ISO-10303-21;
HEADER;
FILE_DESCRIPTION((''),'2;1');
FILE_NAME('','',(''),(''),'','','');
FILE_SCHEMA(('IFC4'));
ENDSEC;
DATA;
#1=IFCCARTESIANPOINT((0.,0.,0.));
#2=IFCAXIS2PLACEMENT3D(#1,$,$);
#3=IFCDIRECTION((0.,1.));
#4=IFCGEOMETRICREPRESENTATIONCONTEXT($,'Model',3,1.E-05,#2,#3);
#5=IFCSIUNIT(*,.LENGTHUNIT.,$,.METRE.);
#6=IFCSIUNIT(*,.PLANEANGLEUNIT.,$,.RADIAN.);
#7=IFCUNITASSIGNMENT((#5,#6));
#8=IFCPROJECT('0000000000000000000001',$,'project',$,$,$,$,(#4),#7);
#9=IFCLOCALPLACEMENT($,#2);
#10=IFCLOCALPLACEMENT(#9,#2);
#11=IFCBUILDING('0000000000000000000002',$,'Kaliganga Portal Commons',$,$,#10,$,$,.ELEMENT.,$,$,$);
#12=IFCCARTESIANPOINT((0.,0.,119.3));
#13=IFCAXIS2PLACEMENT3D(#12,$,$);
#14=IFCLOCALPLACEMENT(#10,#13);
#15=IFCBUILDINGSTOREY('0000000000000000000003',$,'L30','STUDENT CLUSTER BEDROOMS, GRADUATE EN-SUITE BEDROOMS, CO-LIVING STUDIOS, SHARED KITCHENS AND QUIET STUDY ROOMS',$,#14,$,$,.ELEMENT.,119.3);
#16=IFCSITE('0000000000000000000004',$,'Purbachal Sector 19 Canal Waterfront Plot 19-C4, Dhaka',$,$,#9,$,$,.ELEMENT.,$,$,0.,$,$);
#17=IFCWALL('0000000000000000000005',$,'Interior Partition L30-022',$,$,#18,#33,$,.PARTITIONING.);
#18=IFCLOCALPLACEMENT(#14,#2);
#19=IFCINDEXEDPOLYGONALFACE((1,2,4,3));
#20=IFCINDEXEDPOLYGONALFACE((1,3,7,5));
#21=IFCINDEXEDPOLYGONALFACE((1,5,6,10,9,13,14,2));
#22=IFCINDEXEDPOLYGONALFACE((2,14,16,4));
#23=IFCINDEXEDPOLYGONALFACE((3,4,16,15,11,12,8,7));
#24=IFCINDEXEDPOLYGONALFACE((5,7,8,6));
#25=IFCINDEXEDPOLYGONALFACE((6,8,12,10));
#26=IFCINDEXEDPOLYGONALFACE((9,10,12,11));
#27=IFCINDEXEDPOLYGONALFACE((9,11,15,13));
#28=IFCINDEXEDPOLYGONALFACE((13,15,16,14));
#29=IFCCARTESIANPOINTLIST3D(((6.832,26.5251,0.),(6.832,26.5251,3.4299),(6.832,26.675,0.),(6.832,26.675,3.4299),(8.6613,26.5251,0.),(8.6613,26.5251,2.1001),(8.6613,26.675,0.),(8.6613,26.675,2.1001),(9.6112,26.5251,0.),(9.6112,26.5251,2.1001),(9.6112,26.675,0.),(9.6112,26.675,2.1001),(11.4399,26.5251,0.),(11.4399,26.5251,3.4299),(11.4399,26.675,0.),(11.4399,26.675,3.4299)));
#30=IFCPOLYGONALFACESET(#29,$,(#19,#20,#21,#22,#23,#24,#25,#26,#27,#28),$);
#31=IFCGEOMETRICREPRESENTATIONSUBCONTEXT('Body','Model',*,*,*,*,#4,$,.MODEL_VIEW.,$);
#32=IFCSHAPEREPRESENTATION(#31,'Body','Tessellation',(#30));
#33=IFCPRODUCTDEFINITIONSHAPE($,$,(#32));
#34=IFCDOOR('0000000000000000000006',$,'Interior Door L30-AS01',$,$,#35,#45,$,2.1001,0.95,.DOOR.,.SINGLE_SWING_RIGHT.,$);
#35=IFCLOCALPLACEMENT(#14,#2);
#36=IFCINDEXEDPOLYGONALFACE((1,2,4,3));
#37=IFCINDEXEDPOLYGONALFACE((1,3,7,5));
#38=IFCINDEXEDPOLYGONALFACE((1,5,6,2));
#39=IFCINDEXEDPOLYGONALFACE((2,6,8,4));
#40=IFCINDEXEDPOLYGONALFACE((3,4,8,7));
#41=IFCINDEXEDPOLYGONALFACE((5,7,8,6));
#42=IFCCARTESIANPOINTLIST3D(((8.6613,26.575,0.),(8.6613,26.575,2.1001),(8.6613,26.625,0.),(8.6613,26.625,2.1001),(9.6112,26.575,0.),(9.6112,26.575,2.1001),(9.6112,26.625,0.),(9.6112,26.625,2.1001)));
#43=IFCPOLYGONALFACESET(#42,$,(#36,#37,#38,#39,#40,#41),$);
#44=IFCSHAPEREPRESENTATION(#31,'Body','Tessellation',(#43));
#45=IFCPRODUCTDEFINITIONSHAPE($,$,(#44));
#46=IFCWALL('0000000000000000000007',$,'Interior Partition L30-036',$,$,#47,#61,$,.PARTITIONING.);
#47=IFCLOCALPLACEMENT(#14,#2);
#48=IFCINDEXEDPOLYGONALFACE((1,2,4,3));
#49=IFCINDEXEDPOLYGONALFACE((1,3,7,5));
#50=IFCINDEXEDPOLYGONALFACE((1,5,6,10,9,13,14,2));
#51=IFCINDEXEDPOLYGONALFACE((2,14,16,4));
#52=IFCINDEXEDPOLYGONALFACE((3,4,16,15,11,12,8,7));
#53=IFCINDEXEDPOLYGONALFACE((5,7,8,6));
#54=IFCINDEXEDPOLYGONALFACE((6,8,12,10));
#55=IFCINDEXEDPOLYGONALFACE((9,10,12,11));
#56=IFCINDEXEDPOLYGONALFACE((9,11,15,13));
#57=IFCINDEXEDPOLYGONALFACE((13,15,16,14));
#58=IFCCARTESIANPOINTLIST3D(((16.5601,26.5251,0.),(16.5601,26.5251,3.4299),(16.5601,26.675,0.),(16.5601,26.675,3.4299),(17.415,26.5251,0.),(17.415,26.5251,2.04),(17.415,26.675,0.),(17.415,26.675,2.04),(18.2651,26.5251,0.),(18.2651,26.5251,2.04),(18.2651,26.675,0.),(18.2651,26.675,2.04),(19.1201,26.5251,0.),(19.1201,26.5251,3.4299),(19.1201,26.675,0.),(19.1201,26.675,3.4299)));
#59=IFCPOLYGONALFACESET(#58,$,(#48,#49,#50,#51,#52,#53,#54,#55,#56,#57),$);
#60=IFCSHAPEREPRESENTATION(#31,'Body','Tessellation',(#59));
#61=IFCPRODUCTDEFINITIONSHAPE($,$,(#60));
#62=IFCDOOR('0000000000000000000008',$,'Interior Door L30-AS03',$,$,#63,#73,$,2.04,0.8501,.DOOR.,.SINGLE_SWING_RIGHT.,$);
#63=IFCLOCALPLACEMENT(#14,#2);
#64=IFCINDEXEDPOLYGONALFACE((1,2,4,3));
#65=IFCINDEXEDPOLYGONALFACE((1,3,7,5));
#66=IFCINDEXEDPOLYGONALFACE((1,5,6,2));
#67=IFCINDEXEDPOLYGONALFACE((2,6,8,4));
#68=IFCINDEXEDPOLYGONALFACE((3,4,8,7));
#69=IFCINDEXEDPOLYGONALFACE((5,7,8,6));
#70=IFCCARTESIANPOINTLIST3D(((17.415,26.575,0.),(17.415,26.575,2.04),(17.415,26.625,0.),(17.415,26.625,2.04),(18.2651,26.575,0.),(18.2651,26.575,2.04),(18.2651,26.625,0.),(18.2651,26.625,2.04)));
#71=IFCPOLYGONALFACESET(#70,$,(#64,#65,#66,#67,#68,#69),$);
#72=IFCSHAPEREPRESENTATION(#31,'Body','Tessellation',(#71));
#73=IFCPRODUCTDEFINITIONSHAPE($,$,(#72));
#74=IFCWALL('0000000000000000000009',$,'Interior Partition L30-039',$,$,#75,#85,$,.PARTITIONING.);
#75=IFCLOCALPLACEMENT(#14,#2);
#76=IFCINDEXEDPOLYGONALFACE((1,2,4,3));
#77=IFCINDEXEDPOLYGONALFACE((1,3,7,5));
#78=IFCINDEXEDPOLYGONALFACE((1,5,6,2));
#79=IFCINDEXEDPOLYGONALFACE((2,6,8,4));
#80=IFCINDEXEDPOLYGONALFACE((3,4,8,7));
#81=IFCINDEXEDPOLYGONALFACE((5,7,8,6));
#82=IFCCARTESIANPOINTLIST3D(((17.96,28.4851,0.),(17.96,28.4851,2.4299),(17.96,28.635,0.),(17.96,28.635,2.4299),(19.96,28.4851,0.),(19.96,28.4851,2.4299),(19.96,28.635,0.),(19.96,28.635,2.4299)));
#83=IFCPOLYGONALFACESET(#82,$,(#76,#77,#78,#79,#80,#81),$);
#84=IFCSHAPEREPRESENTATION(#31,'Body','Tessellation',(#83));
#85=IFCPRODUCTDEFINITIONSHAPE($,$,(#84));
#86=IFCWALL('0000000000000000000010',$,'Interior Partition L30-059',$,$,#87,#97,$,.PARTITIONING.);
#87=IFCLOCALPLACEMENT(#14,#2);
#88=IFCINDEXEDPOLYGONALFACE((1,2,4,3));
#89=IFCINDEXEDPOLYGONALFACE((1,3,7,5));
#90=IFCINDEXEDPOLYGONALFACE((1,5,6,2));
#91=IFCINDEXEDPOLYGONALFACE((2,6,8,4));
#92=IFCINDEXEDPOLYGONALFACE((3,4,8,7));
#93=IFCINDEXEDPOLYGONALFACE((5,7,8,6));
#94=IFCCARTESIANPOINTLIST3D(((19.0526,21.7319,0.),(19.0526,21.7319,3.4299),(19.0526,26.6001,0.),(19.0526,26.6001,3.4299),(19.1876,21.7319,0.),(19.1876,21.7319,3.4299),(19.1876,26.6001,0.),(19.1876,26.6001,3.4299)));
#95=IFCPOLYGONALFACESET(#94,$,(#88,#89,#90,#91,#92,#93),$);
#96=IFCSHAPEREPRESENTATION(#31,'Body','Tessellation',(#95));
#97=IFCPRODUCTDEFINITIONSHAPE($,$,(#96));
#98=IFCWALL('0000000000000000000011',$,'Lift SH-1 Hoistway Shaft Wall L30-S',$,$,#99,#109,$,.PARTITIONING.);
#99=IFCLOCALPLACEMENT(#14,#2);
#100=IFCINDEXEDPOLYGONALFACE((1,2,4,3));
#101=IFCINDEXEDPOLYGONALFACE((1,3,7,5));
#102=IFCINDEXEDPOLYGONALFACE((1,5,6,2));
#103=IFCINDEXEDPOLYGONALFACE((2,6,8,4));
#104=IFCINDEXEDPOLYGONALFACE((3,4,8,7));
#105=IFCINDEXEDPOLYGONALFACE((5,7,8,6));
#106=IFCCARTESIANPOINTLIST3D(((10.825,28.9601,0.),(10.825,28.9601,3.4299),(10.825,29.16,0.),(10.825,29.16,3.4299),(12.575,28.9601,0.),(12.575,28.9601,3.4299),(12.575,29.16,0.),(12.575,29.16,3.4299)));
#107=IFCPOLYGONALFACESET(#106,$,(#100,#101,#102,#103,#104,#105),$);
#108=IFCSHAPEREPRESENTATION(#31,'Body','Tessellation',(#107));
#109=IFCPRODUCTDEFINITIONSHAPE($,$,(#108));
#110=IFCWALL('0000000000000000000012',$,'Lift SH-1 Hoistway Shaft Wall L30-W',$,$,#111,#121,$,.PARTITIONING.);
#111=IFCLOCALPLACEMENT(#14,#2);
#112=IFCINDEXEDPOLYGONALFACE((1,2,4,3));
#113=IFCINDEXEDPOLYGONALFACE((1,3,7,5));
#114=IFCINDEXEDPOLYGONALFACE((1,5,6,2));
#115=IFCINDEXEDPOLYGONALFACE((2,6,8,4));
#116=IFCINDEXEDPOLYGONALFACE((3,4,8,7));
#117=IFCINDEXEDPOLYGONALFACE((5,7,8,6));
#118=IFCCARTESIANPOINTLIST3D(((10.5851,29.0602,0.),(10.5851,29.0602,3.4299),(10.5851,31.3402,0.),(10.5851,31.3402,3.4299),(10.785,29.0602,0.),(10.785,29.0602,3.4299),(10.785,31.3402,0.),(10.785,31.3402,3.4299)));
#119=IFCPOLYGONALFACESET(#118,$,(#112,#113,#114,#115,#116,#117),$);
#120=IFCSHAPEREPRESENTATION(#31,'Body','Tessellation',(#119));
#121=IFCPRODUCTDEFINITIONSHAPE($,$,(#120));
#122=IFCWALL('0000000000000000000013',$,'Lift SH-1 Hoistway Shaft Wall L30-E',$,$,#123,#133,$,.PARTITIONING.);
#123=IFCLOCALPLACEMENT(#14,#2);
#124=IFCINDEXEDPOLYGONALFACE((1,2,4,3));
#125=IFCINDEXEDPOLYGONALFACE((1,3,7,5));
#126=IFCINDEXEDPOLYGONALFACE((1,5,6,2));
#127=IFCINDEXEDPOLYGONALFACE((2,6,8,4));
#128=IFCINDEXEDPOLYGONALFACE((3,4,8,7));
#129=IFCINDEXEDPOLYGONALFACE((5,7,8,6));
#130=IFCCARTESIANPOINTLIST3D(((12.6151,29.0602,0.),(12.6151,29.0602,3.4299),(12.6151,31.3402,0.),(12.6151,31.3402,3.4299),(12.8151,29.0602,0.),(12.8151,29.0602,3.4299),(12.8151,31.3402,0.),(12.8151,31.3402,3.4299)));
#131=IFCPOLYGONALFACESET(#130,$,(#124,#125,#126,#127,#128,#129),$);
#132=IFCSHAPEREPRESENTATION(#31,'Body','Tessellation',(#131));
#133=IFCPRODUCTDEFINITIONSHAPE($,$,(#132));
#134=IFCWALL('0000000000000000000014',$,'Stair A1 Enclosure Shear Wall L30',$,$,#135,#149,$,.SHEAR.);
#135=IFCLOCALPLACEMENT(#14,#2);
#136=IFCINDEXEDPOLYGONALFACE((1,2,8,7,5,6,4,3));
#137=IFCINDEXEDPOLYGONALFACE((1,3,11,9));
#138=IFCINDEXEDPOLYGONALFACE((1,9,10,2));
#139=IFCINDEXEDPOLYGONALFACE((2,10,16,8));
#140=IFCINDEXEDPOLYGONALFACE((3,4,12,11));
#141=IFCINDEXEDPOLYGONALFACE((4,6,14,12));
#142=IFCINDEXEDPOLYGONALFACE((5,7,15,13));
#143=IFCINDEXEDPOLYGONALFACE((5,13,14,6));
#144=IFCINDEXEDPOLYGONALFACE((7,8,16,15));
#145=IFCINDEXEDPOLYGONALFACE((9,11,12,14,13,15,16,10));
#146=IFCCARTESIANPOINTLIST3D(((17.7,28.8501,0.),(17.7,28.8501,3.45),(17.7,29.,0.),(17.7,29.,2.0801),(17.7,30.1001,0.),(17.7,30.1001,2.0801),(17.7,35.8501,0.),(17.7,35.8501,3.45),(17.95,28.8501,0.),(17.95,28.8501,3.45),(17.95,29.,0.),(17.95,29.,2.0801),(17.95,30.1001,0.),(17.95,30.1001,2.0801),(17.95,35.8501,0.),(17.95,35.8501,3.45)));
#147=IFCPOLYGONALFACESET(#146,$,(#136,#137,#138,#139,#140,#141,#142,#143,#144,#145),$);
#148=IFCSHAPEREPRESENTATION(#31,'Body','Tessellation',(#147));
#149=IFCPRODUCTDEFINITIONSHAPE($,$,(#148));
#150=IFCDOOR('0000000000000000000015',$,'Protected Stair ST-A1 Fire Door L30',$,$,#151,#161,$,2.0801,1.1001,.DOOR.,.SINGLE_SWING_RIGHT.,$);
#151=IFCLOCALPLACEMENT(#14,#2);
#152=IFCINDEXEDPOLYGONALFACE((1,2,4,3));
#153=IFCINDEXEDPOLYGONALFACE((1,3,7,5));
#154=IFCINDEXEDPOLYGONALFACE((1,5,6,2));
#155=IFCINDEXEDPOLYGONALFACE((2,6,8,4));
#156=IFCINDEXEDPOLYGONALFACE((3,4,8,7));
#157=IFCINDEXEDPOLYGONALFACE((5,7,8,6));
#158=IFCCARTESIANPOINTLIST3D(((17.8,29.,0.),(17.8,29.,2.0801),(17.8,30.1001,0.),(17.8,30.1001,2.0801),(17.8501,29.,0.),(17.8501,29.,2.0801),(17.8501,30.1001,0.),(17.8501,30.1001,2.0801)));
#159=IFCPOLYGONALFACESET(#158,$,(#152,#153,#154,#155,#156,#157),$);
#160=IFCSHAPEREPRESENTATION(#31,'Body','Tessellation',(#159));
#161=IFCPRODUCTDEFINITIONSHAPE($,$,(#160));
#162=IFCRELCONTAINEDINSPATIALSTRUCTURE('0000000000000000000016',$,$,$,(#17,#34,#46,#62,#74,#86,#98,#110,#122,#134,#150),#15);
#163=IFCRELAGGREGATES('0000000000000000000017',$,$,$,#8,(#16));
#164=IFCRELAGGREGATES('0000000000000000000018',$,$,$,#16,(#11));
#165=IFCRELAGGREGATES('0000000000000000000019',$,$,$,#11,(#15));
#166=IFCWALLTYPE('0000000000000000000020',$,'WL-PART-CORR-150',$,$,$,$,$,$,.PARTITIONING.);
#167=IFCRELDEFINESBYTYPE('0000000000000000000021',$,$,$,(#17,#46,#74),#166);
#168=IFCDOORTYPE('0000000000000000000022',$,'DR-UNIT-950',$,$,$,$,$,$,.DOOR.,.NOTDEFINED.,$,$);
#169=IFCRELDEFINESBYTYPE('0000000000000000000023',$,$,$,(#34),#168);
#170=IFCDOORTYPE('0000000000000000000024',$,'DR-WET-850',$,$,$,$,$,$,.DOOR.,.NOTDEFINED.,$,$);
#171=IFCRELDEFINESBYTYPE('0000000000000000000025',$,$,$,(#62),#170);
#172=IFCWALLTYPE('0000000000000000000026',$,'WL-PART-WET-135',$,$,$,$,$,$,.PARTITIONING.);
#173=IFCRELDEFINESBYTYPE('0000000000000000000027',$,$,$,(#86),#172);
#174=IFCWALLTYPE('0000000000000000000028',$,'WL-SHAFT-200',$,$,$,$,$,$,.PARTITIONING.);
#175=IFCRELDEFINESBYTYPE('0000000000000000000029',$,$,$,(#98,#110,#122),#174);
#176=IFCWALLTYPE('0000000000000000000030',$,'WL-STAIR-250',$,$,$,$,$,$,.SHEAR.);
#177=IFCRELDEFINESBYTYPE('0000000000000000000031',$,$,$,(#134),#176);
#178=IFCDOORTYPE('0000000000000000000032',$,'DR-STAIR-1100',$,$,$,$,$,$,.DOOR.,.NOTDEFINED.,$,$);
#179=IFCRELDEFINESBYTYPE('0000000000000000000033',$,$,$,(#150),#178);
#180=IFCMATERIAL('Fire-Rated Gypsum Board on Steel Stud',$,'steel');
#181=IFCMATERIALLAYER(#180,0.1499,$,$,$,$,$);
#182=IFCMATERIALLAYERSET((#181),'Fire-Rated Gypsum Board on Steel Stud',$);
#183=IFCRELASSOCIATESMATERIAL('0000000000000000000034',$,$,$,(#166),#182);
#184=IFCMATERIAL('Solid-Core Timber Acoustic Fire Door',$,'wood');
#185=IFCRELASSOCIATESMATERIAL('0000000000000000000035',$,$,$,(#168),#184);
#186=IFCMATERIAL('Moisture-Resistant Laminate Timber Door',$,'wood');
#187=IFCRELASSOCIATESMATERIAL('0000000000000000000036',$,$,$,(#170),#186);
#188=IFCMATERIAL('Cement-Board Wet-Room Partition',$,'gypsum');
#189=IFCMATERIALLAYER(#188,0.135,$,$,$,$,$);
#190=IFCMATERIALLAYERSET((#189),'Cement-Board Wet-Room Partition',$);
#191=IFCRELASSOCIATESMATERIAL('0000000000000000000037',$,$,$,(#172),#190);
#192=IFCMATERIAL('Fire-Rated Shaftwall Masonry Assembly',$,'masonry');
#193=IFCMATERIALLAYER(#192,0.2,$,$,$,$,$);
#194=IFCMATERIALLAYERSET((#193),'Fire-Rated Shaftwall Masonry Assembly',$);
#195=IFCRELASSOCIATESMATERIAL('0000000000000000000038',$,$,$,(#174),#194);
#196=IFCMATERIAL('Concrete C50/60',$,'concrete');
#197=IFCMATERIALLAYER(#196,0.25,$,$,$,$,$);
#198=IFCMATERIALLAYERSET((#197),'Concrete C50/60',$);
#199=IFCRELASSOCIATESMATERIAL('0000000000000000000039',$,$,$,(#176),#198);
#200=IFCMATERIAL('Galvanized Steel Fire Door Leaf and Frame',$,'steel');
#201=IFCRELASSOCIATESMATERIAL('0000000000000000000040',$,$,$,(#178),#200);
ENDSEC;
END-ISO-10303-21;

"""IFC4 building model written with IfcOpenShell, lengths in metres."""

from ifc_helpers import new_model, si_unit, direction, frame, frame_2d, origin, place, context, subcontext, project, spatial, rectangle, extrude, material, layer, layer_set, type_object, element, fill, save


model = new_model("IFC4")

# Units and contexts
model_context = context("Model", 3, precision=1e-05, world=origin(), true_north=direction((0.0, 1.0)))
body_context = subcontext(model_context, "Body", "Model", "MODEL_VIEW")
ifc_project = project(units=[si_unit("LENGTHUNIT", "METRE"), si_unit("PLANEANGLEUNIT", "RADIAN")], contexts=[model_context])

# Site, building, storey
site_placement = place(None, origin())
site = spatial("IfcSite", under=ifc_project, at=site_placement, Name="Purbachal Sector 19 Canal Waterfront Plot 19-C4, Dhaka", CompositionType="ELEMENT", RefElevation=0.0)
building_placement = place(site_placement, origin())
building = spatial("IfcBuilding", under=site, at=building_placement, Name="Kaliganga Portal Commons", CompositionType="ELEMENT")
storey_placement = place(building_placement, frame((0.0, 0.0, 119.3)))
storey = spatial("IfcBuildingStorey", under=building, at=storey_placement, Name="L30", Description="STUDENT CLUSTER BEDROOMS, GRADUATE EN-SUITE BEDROOMS, CO-LIVING STUDIOS, SHARED KITCHENS AND QUIET STUDY ROOMS", CompositionType="ELEMENT", Elevation=119.3)

# Shared definitions
ifc_material_1 = material(Name="Concrete C50/60", Category="concrete")

# Walls, openings, doors
ifc_material_2 = material(Name="Fire-Rated Gypsum Board on Steel Stud", Category="steel")
ifc_layer_1 = layer(ifc_material_2, 0.1499)
ifc_layer_set_1 = layer_set([ifc_layer_1], Name="Fire-Rated Gypsum Board on Steel Stud")
wall_type_1 = type_object("IfcWallType", Name="WL-PART-CORR-150", PredefinedType="PARTITIONING", material=ifc_layer_set_1)
ifc_material_3 = material(Name="Solid-Core Timber Acoustic Fire Door", Category="wood")
door_type_1 = type_object("IfcDoorType", Name="DR-UNIT-950", OperationType="NOTDEFINED", PredefinedType="DOOR", material=ifc_material_3)
wall_1_placement = place(storey_placement, frame((6.832, 26.6001, 0.0), z_axis=(0.0, 0.0, 1.0), x_axis=(1.0, 0.0, 0.0)))
wall_1 = element("IfcWall", 1, at=wall_1_placement, inside=storey, type_object=wall_type_1, Name="Interior Partition L30-022", PredefinedType="PARTITIONING", context=body_context, shape_type="SweptSolid", body=[
    extrude(rectangle(XDim=4.6079, YDim=0.1499, at=frame_2d((2.304, 0.0))), origin(), (0.0, 0.0, 1.0), 3.4299),
])
opening_1_placement = place(wall_1_placement, frame((1.8291, 0.0, 0.0)))
opening_1 = element("IfcOpeningElement", 2, at=opening_1_placement, cuts=wall_1, PredefinedType="OPENING", context=body_context, shape_type="SweptSolid", body=[
    extrude(rectangle(XDim=0.95, YDim=2.1001, at=frame_2d((0.4751, 1.05))), frame((0.0, 0.085, 0.0), z_axis=(0.0, -1.0, 0.0), x_axis=(1.0, 0.0, 0.0)), (0.0, 0.0, 1.0), 0.1699),
])
door_1_placement = place(opening_1_placement, origin())
door_1 = element("IfcDoor", 3, at=door_1_placement, inside=storey, type_object=door_type_1, Name="Interior Door L30-AS01", OperationType="SINGLE_SWING_RIGHT", OverallHeight=2.1001, OverallWidth=0.95, PredefinedType="DOOR", context=body_context, shape_type="SweptSolid", body=[
    extrude(rectangle(XDim=0.95, YDim=2.1001, at=frame_2d((0.4751, 1.05))), frame((0.0, 0.0249, 0.0), z_axis=(0.0, -1.0, 0.0), x_axis=(1.0, 0.0, 0.0)), (0.0, 0.0, 1.0), 0.05),
])
fill(opening_1, door_1)
wall_2_placement = place(storey_placement, frame((16.5601, 26.6001, 0.0), z_axis=(0.0, 0.0, 1.0), x_axis=(1.0, 0.0, 0.0)))
wall_2 = element("IfcWall", 4, at=wall_2_placement, inside=storey, type_object=wall_type_1, Name="Interior Partition L30-036", PredefinedType="PARTITIONING", context=body_context, shape_type="SweptSolid", body=[
    extrude(rectangle(XDim=2.5601, YDim=0.1499, at=frame_2d((1.28, 0.0))), origin(), (0.0, 0.0, 1.0), 3.4299),
])
opening_2_placement = place(wall_2_placement, frame((0.855, 0.0, 0.0)))
opening_2 = element("IfcOpeningElement", 5, at=opening_2_placement, cuts=wall_2, PredefinedType="OPENING", context=body_context, shape_type="SweptSolid", body=[
    extrude(rectangle(XDim=0.8501, YDim=2.04, at=frame_2d((0.425, 1.02))), frame((0.0, 0.085, 0.0), z_axis=(0.0, -1.0, 0.0), x_axis=(1.0, 0.0, 0.0)), (0.0, 0.0, 1.0), 0.1699),
])
ifc_material_4 = material(Name="Moisture-Resistant Laminate Timber Door", Category="wood")
door_type_2 = type_object("IfcDoorType", Name="DR-WET-850", OperationType="NOTDEFINED", PredefinedType="DOOR", material=ifc_material_4)
door_2_placement = place(opening_2_placement, origin())
door_2 = element("IfcDoor", 6, at=door_2_placement, inside=storey, type_object=door_type_2, Name="Interior Door L30-AS03", OperationType="SINGLE_SWING_RIGHT", OverallHeight=2.04, OverallWidth=0.8501, PredefinedType="DOOR", context=body_context, shape_type="SweptSolid", body=[
    extrude(rectangle(XDim=0.8501, YDim=2.04, at=frame_2d((0.425, 1.02))), frame((0.0, 0.0249, 0.0), z_axis=(0.0, -1.0, 0.0), x_axis=(1.0, 0.0, 0.0)), (0.0, 0.0, 1.0), 0.05),
])
fill(opening_2, door_2)

# Walls
wall_3_placement = place(storey_placement, frame((17.96, 28.5601, 0.0), z_axis=(0.0, 0.0, 1.0), x_axis=(1.0, 0.0, 0.0)))
element("IfcWall", 7, at=wall_3_placement, inside=storey, type_object=wall_type_1, Name="Interior Partition L30-039", PredefinedType="PARTITIONING", context=body_context, shape_type="SweptSolid", body=[
    extrude(rectangle(XDim=2.0, YDim=0.1499, at=frame_2d((1.0, 0.0))), origin(), (0.0, 0.0, 1.0), 2.4299),
])
ifc_material_5 = material(Name="Cement-Board Wet-Room Partition", Category="gypsum")
ifc_layer_2 = layer(ifc_material_5, 0.135)
ifc_layer_set_2 = layer_set([ifc_layer_2], Name="Cement-Board Wet-Room Partition")
wall_type_2 = type_object("IfcWallType", Name="WL-PART-WET-135", PredefinedType="PARTITIONING", material=ifc_layer_set_2)
wall_4_placement = place(storey_placement, frame((19.1201, 21.7319, 0.0), z_axis=(0.0, 0.0, 1.0), x_axis=(0.0, 1.0, 0.0)))
element("IfcWall", 8, at=wall_4_placement, inside=storey, type_object=wall_type_2, Name="Interior Partition L30-059", PredefinedType="PARTITIONING", context=body_context, shape_type="SweptSolid", body=[
    extrude(rectangle(XDim=4.8682, YDim=0.135, at=frame_2d((2.4341, 0.0))), origin(), (0.0, 0.0, 1.0), 3.4299),
])
ifc_material_6 = material(Name="Fire-Rated Shaftwall Masonry Assembly", Category="masonry")
ifc_layer_3 = layer(ifc_material_6, 0.2)
ifc_layer_set_3 = layer_set([ifc_layer_3], Name="Fire-Rated Shaftwall Masonry Assembly")
wall_type_3 = type_object("IfcWallType", Name="WL-SHAFT-200", PredefinedType="PARTITIONING", material=ifc_layer_set_3)
wall_5_placement = place(storey_placement, frame((10.825, 29.0601, 0.0), z_axis=(0.0, 0.0, 1.0), x_axis=(1.0, 0.0, 0.0)))
element("IfcWall", 9, at=wall_5_placement, inside=storey, type_object=wall_type_3, Name="Lift SH-1 Hoistway Shaft Wall L30-S", PredefinedType="PARTITIONING", context=body_context, shape_type="SweptSolid", body=[
    extrude(rectangle(XDim=1.75, YDim=0.2, at=frame_2d((0.875, 0.0))), origin(), (0.0, 0.0, 1.0), 3.4299),
])
for number, where, z_axis, x_axis, name in (
    (10, (10.6851, 29.0601, 0.0), (0.0, 0.0, 1.0), (0.0, 1.0, 0.0), "Lift SH-1 Hoistway Shaft Wall L30-W"),
    (11, (12.7151, 29.0601, 0.0), (0.0, 0.0, 1.0), (0.0, 1.0, 0.0), "Lift SH-1 Hoistway Shaft Wall L30-E"),
):
    element("IfcWall", number, at=place(storey_placement, frame(where, z_axis=z_axis, x_axis=x_axis)), inside=storey, type_object=wall_type_3, Name=name, PredefinedType="PARTITIONING", context=body_context, shape_type="SweptSolid", body=[
        extrude(rectangle(XDim=2.28, YDim=0.2, at=frame_2d((1.1401, 0.0))), origin(), (0.0, 0.0, 1.0), 3.4299),
    ])

# Wall, opening, door
ifc_layer_4 = layer(ifc_material_1, 0.25)
ifc_layer_set_4 = layer_set([ifc_layer_4], Name="Concrete C50/60")
wall_type_4 = type_object("IfcWallType", Name="WL-STAIR-250", PredefinedType="SHEAR", material=ifc_layer_set_4)
wall_6_placement = place(storey_placement, frame((17.825, 28.8501, 0.0), z_axis=(0.0, 0.0, 1.0), x_axis=(0.0, 1.0, 0.0)))
wall_6 = element("IfcWall", 12, at=wall_6_placement, inside=storey, type_object=wall_type_4, Name="Stair A1 Enclosure Shear Wall L30", PredefinedType="SHEAR", context=body_context, shape_type="SweptSolid", body=[
    extrude(rectangle(XDim=7.0, YDim=0.25, at=frame_2d((3.5, 0.0))), origin(), (0.0, 0.0, 1.0), 3.45),
])
opening_3_placement = place(wall_6_placement, frame((0.1499, 0.0, 0.0)))
opening_3 = element("IfcOpeningElement", 13, at=opening_3_placement, cuts=wall_6, PredefinedType="OPENING", context=body_context, shape_type="SweptSolid", body=[
    extrude(rectangle(XDim=1.1001, YDim=2.0801, at=frame_2d((0.55, 1.04))), frame((0.0, 0.135, 0.0), z_axis=(0.0, -1.0, 0.0), x_axis=(1.0, 0.0, 0.0)), (0.0, 0.0, 1.0), 0.27),
])
ifc_material_7 = material(Name="Galvanized Steel Fire Door Leaf and Frame", Category="steel")
door_type_3 = type_object("IfcDoorType", Name="DR-STAIR-1100", OperationType="NOTDEFINED", PredefinedType="DOOR", material=ifc_material_7)
door_3_placement = place(opening_3_placement, origin())
door_3 = element("IfcDoor", 14, at=door_3_placement, inside=storey, type_object=door_type_3, Name="Protected Stair ST-A1 Fire Door L30", OperationType="SINGLE_SWING_RIGHT", OverallHeight=2.0801, OverallWidth=1.1001, PredefinedType="DOOR", context=body_context, shape_type="SweptSolid", body=[
    extrude(rectangle(XDim=1.1001, YDim=2.0801, at=frame_2d((0.55, 1.04))), frame((0.0, 0.0249, 0.0), z_axis=(0.0, -1.0, 0.0), x_axis=(1.0, 0.0, 0.0)), (0.0, 0.0, 1.0), 0.05),
])
fill(opening_3, door_3)

save(model, "model.ifc")
